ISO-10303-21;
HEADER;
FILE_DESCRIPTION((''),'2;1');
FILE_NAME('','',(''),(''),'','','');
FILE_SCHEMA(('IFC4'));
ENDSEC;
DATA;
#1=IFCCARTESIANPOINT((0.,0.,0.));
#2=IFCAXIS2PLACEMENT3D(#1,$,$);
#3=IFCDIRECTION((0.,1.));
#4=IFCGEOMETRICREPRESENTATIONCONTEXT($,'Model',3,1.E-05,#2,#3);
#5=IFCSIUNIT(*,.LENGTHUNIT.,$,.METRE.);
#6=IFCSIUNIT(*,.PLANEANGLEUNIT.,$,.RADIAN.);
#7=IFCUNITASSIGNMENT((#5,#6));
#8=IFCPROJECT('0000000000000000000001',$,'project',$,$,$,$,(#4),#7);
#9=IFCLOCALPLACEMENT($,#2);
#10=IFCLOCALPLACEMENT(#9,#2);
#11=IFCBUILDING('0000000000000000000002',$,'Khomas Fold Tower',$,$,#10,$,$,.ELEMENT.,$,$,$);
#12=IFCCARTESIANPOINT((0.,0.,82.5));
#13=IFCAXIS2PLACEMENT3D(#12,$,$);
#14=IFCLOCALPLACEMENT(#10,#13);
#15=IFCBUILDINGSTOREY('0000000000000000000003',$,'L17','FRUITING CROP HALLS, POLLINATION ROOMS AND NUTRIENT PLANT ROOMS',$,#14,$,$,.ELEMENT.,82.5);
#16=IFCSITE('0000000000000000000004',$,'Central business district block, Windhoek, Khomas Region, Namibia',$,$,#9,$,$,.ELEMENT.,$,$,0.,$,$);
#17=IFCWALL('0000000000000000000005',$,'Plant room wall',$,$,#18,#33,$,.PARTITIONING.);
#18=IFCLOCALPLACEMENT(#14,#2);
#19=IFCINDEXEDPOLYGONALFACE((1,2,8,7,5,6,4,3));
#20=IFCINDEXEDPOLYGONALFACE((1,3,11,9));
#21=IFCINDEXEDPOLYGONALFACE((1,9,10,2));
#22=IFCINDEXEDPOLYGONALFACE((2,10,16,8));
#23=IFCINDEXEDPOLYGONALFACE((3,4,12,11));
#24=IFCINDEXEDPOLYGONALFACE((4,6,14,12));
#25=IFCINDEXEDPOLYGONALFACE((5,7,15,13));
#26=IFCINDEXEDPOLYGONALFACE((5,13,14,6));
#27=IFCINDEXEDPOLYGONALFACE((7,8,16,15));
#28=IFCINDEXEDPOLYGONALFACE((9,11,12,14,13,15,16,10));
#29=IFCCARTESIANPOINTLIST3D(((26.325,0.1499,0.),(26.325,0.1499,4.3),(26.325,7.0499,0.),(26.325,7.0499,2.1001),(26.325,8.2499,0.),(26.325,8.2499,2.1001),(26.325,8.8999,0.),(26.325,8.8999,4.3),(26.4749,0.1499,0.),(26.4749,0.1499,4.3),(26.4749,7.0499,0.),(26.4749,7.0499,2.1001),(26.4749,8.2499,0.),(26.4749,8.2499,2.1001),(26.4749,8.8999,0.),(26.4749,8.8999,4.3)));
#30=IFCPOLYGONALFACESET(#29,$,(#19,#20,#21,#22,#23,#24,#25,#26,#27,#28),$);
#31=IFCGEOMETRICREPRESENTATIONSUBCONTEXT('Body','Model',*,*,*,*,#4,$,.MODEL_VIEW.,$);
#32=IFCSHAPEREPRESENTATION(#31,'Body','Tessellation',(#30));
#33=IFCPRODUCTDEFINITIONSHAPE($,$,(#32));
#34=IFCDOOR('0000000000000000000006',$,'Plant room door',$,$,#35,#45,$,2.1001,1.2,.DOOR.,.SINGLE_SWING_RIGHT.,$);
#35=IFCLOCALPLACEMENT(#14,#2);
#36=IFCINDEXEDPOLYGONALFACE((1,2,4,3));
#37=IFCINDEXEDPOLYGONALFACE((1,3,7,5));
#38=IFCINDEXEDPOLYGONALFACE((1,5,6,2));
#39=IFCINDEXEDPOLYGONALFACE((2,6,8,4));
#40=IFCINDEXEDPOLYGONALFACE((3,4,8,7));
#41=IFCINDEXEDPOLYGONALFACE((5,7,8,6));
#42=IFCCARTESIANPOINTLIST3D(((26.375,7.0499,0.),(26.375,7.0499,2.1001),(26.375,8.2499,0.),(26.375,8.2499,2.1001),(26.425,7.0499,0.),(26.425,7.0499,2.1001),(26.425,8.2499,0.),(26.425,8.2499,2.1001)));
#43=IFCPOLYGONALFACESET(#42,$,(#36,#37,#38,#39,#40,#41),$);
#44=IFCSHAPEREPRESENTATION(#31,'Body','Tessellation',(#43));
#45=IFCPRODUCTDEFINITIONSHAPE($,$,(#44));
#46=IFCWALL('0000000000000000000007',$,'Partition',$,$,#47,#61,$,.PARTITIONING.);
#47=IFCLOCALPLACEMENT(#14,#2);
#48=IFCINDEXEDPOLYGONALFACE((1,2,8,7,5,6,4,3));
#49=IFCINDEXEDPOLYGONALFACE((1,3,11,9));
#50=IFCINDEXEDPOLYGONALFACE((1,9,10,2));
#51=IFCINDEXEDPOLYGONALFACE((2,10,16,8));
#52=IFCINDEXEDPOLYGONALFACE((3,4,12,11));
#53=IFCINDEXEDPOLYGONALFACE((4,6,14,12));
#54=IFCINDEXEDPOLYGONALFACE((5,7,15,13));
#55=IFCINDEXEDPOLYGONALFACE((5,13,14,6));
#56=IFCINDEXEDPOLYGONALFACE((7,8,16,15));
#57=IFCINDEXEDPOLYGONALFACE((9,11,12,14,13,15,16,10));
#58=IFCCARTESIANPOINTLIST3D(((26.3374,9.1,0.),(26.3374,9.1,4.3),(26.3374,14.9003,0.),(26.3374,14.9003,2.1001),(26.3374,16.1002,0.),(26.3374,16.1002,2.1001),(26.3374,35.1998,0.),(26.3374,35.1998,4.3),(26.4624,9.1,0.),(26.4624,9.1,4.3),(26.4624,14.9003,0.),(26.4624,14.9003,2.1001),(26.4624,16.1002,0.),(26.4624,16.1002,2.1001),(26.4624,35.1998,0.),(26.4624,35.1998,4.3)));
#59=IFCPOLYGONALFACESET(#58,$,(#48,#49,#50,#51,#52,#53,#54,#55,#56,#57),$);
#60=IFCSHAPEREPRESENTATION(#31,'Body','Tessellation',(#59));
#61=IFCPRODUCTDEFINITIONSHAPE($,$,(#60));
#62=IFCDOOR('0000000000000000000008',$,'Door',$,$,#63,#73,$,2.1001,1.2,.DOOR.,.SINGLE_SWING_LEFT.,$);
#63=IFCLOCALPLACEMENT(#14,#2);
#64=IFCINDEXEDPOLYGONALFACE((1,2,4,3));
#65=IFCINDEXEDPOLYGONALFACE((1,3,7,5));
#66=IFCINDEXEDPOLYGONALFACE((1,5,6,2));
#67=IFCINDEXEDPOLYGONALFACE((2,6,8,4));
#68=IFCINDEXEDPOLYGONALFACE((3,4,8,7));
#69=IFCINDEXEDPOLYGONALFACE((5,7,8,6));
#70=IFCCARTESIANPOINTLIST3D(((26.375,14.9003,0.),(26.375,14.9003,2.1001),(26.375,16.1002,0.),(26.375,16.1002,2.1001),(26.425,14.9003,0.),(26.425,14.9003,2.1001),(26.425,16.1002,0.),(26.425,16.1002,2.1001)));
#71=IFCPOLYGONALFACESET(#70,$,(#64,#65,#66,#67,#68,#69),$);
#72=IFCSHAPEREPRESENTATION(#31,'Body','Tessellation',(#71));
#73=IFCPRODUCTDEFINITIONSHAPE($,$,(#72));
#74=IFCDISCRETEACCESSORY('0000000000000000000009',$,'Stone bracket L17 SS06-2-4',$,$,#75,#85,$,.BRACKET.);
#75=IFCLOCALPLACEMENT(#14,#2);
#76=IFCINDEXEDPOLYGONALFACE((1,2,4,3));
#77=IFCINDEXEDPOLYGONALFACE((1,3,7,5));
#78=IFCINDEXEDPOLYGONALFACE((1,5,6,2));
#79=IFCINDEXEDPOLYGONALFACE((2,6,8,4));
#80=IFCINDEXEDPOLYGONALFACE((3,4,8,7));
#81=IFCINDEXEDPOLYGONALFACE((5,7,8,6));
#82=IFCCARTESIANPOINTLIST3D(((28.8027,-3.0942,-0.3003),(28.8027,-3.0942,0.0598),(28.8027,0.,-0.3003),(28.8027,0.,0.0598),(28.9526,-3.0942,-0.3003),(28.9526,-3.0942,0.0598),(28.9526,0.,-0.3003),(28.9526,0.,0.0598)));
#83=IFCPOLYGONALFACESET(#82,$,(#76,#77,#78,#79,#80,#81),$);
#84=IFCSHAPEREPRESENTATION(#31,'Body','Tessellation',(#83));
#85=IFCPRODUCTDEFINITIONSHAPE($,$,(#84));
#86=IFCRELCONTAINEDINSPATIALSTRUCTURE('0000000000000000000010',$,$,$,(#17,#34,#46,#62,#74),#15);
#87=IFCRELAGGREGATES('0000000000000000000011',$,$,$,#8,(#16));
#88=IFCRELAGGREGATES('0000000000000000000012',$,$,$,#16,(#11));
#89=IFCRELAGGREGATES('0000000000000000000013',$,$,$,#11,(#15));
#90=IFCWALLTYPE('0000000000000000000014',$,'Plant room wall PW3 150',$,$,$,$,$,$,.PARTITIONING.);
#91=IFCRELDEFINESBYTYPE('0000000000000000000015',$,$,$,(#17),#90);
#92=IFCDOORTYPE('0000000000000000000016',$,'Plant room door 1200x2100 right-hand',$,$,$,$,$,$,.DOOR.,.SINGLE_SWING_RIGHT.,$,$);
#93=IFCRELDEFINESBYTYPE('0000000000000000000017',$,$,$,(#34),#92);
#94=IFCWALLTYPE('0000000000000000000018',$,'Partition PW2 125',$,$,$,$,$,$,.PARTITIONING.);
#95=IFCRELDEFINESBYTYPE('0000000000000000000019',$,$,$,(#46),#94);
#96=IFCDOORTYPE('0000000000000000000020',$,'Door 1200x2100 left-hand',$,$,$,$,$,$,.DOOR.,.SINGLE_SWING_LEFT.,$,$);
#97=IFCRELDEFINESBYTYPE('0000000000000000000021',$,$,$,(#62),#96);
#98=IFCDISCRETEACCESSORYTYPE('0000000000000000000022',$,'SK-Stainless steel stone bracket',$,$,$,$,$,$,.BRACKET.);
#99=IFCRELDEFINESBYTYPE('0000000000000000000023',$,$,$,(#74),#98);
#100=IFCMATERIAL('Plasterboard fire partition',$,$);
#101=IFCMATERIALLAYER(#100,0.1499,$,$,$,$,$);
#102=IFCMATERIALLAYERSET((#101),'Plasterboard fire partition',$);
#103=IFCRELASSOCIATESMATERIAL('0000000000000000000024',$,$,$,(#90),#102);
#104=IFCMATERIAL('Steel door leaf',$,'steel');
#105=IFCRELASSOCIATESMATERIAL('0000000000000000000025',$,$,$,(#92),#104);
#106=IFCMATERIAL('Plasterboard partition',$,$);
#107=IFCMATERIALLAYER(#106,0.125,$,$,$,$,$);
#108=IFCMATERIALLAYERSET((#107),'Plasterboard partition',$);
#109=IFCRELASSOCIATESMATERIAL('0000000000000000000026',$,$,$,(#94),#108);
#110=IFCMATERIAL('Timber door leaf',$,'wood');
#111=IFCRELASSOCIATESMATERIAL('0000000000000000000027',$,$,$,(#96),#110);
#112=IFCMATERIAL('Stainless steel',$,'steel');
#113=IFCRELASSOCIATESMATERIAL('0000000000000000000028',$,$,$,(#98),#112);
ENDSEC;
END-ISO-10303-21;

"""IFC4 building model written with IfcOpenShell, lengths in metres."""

from ifc_helpers import new_model, si_unit, direction, frame, frame_2d, origin, origin_2d, place, context, subcontext, project, spatial, rectangle, extrude, source, transform, mapped, material, layer, layer_set, type_object, element, fill, save


model = new_model("IFC4")

# Units and contexts
model_context = context("Model", 3, precision=1e-05, world=origin(), true_north=direction((0.0, 1.0)))
body_context = subcontext(model_context, "Body", "Model", "MODEL_VIEW")
ifc_project = project(units=[si_unit("LENGTHUNIT", "METRE"), si_unit("PLANEANGLEUNIT", "RADIAN")], contexts=[model_context])

# Site, building, storey
site_placement = place(None, origin())
site = spatial("IfcSite", under=ifc_project, at=site_placement, Name="Central business district block, Windhoek, Khomas Region, Namibia", CompositionType="ELEMENT", RefElevation=0.0)
building_placement = place(site_placement, origin())
building = spatial("IfcBuilding", under=site, at=building_placement, Name="Khomas Fold Tower", CompositionType="ELEMENT")
storey_placement = place(building_placement, frame((0.0, 0.0, 82.5)))
storey = spatial("IfcBuildingStorey", under=building, at=storey_placement, Name="L17", Description="FRUITING CROP HALLS, POLLINATION ROOMS AND NUTRIENT PLANT ROOMS", CompositionType="ELEMENT", Elevation=82.5)

# Shared definitions
ifc_material_1 = material(Name="Plasterboard fire partition")
ifc_layer_1 = layer(ifc_material_1, 0.1499)
ifc_layer_set_1 = layer_set([ifc_layer_1], Name="Plasterboard fire partition")
wall_type_1 = type_object("IfcWallType", Name="Plant room wall PW3 150", PredefinedType="PARTITIONING", material=ifc_layer_set_1)

# Walls, openings, doors
shared_shape_1 = source(origin(), body_context, "Body", "SweptSolid", [
    extrude(rectangle(XDim=8.75, YDim=0.1499, at=frame_2d((4.375, 0.0))), origin(), (0.0, 0.0, 1.0), 4.3),
])
wall_1_placement = place(storey_placement, frame((26.3999, 0.1499, 0.0), z_axis=(0.0, 0.0, 1.0), x_axis=(0.0, 1.0, 0.0)))
wall_1 = element("IfcWall", 1, at=wall_1_placement, inside=storey, type_object=wall_type_1, Name="Plant room wall", PredefinedType="PARTITIONING", context=body_context, shape_type="MappedRepresentation", body=[
    mapped(shared_shape_1, transform((0.0, 0.0, 0.0))),
])
shared_shape_2 = source(origin(), body_context, "Body", "SweptSolid", [
    extrude(rectangle(XDim=1.2, YDim=2.1001, at=frame_2d((0.6001, 1.05))), frame((0.0, 0.085, 0.0), z_axis=(0.0, -1.0, 0.0), x_axis=(1.0, 0.0, 0.0)), (0.0, 0.0, 1.0), 0.1699),
])
opening_1_placement = place(wall_1_placement, frame((6.8999, 0.0, 0.0)))
opening_1 = element("IfcOpeningElement", 2, at=opening_1_placement, cuts=wall_1, PredefinedType="OPENING", context=body_context, shape_type="MappedRepresentation", body=[
    mapped(shared_shape_2, transform((0.0, 0.0, 0.0))),
])
ifc_material_2 = material(Name="Steel door leaf", Category="steel")
door_type_1 = type_object("IfcDoorType", Name="Plant room door 1200x2100 right-hand", OperationType="SINGLE_SWING_RIGHT", PredefinedType="DOOR", material=ifc_material_2)
shared_shape_3 = source(origin(), body_context, "Body", "SweptSolid", [
    extrude(rectangle(XDim=1.2, YDim=2.1001, at=frame_2d((0.6001, 1.05))), frame((0.0, 0.0249, 0.0), z_axis=(0.0, -1.0, 0.0), x_axis=(1.0, 0.0, 0.0)), (0.0, 0.0, 1.0), 0.05),
])
door_1_placement = place(opening_1_placement, origin())
door_1 = element("IfcDoor", 3, at=door_1_placement, inside=storey, type_object=door_type_1, Name="Plant room door", OperationType="SINGLE_SWING_RIGHT", OverallHeight=2.1001, OverallWidth=1.2, PredefinedType="DOOR", context=body_context, shape_type="MappedRepresentation", body=[
    mapped(shared_shape_3, transform((0.0, 0.0, 0.0))),
])
fill(opening_1, door_1)
ifc_material_3 = material(Name="Plasterboard partition")
ifc_layer_2 = layer(ifc_material_3, 0.125)
ifc_layer_set_2 = layer_set([ifc_layer_2], Name="Plasterboard partition")
wall_type_2 = type_object("IfcWallType", Name="Partition PW2 125", PredefinedType="PARTITIONING", material=ifc_layer_set_2)
shared_shape_4 = source(origin(), body_context, "Body", "SweptSolid", [
    extrude(rectangle(XDim=26.0999, YDim=0.125, at=frame_2d((13.0498, 0.0))), origin(), (0.0, 0.0, 1.0), 4.3),
])
wall_2_placement = place(storey_placement, frame((26.3999, 9.1001, 0.0), z_axis=(0.0, 0.0, 1.0), x_axis=(0.0, 1.0, 0.0)))
wall_2 = element("IfcWall", 4, at=wall_2_placement, inside=storey, type_object=wall_type_2, Name="Partition", PredefinedType="PARTITIONING", context=body_context, shape_type="MappedRepresentation", body=[
    mapped(shared_shape_4, transform((0.0, 0.0, 0.0))),
])
shared_shape_5 = source(origin(), body_context, "Body", "SweptSolid", [
    extrude(rectangle(XDim=1.2, YDim=2.1001, at=frame_2d((0.6001, 1.05))), frame((0.0, 0.0725, 0.0), z_axis=(0.0, -1.0, 0.0), x_axis=(1.0, 0.0, 0.0)), (0.0, 0.0, 1.0), 0.145),
])
opening_2_placement = place(wall_2_placement, frame((5.8, 0.0, 0.0)))
opening_2 = element("IfcOpeningElement", 5, at=opening_2_placement, cuts=wall_2, PredefinedType="OPENING", context=body_context, shape_type="MappedRepresentation", body=[
    mapped(shared_shape_5, transform((0.0, 0.0, 0.0))),
])
ifc_material_4 = material(Name="Timber door leaf", Category="wood")
door_type_2 = type_object("IfcDoorType", Name="Door 1200x2100 left-hand", OperationType="SINGLE_SWING_LEFT", PredefinedType="DOOR", material=ifc_material_4)
door_2_placement = place(opening_2_placement, origin())
door_2 = element("IfcDoor", 6, at=door_2_placement, inside=storey, type_object=door_type_2, Name="Door", OperationType="SINGLE_SWING_LEFT", OverallHeight=2.1001, OverallWidth=1.2, PredefinedType="DOOR", context=body_context, shape_type="MappedRepresentation", body=[
    mapped(shared_shape_3, transform((0.0, 0.0, 0.0))),
])
fill(opening_2, door_2)

# Discrete accessory
ifc_material_5 = material(Name="Stainless steel", Category="steel")
discrete_accessory_type = type_object("IfcDiscreteAccessoryType", Name="SK-Stainless steel stone bracket", PredefinedType="BRACKET", material=ifc_material_5)
shared_shape_6 = source(origin(), body_context, "Body", "SweptSolid", [
    extrude(rectangle(XDim=3.0942, YDim=0.1499, at=origin_2d()), origin(), (0.0, 0.0, 1.0), 0.3601),
])
discrete_accessory_placement = place(storey_placement, frame((28.8777, -1.5471, -0.3003), z_axis=(0.0, 0.0, 1.0), x_axis=(0.0, -1.0, 0.0)))
element("IfcDiscreteAccessory", 7, at=discrete_accessory_placement, inside=storey, type_object=discrete_accessory_type, Name="Stone bracket L17 SS06-2-4", PredefinedType="BRACKET", context=body_context, shape_type="MappedRepresentation", body=[
    mapped(shared_shape_6, transform((0.0, 0.0, 0.0))),
])

save(model, "model.ifc")
